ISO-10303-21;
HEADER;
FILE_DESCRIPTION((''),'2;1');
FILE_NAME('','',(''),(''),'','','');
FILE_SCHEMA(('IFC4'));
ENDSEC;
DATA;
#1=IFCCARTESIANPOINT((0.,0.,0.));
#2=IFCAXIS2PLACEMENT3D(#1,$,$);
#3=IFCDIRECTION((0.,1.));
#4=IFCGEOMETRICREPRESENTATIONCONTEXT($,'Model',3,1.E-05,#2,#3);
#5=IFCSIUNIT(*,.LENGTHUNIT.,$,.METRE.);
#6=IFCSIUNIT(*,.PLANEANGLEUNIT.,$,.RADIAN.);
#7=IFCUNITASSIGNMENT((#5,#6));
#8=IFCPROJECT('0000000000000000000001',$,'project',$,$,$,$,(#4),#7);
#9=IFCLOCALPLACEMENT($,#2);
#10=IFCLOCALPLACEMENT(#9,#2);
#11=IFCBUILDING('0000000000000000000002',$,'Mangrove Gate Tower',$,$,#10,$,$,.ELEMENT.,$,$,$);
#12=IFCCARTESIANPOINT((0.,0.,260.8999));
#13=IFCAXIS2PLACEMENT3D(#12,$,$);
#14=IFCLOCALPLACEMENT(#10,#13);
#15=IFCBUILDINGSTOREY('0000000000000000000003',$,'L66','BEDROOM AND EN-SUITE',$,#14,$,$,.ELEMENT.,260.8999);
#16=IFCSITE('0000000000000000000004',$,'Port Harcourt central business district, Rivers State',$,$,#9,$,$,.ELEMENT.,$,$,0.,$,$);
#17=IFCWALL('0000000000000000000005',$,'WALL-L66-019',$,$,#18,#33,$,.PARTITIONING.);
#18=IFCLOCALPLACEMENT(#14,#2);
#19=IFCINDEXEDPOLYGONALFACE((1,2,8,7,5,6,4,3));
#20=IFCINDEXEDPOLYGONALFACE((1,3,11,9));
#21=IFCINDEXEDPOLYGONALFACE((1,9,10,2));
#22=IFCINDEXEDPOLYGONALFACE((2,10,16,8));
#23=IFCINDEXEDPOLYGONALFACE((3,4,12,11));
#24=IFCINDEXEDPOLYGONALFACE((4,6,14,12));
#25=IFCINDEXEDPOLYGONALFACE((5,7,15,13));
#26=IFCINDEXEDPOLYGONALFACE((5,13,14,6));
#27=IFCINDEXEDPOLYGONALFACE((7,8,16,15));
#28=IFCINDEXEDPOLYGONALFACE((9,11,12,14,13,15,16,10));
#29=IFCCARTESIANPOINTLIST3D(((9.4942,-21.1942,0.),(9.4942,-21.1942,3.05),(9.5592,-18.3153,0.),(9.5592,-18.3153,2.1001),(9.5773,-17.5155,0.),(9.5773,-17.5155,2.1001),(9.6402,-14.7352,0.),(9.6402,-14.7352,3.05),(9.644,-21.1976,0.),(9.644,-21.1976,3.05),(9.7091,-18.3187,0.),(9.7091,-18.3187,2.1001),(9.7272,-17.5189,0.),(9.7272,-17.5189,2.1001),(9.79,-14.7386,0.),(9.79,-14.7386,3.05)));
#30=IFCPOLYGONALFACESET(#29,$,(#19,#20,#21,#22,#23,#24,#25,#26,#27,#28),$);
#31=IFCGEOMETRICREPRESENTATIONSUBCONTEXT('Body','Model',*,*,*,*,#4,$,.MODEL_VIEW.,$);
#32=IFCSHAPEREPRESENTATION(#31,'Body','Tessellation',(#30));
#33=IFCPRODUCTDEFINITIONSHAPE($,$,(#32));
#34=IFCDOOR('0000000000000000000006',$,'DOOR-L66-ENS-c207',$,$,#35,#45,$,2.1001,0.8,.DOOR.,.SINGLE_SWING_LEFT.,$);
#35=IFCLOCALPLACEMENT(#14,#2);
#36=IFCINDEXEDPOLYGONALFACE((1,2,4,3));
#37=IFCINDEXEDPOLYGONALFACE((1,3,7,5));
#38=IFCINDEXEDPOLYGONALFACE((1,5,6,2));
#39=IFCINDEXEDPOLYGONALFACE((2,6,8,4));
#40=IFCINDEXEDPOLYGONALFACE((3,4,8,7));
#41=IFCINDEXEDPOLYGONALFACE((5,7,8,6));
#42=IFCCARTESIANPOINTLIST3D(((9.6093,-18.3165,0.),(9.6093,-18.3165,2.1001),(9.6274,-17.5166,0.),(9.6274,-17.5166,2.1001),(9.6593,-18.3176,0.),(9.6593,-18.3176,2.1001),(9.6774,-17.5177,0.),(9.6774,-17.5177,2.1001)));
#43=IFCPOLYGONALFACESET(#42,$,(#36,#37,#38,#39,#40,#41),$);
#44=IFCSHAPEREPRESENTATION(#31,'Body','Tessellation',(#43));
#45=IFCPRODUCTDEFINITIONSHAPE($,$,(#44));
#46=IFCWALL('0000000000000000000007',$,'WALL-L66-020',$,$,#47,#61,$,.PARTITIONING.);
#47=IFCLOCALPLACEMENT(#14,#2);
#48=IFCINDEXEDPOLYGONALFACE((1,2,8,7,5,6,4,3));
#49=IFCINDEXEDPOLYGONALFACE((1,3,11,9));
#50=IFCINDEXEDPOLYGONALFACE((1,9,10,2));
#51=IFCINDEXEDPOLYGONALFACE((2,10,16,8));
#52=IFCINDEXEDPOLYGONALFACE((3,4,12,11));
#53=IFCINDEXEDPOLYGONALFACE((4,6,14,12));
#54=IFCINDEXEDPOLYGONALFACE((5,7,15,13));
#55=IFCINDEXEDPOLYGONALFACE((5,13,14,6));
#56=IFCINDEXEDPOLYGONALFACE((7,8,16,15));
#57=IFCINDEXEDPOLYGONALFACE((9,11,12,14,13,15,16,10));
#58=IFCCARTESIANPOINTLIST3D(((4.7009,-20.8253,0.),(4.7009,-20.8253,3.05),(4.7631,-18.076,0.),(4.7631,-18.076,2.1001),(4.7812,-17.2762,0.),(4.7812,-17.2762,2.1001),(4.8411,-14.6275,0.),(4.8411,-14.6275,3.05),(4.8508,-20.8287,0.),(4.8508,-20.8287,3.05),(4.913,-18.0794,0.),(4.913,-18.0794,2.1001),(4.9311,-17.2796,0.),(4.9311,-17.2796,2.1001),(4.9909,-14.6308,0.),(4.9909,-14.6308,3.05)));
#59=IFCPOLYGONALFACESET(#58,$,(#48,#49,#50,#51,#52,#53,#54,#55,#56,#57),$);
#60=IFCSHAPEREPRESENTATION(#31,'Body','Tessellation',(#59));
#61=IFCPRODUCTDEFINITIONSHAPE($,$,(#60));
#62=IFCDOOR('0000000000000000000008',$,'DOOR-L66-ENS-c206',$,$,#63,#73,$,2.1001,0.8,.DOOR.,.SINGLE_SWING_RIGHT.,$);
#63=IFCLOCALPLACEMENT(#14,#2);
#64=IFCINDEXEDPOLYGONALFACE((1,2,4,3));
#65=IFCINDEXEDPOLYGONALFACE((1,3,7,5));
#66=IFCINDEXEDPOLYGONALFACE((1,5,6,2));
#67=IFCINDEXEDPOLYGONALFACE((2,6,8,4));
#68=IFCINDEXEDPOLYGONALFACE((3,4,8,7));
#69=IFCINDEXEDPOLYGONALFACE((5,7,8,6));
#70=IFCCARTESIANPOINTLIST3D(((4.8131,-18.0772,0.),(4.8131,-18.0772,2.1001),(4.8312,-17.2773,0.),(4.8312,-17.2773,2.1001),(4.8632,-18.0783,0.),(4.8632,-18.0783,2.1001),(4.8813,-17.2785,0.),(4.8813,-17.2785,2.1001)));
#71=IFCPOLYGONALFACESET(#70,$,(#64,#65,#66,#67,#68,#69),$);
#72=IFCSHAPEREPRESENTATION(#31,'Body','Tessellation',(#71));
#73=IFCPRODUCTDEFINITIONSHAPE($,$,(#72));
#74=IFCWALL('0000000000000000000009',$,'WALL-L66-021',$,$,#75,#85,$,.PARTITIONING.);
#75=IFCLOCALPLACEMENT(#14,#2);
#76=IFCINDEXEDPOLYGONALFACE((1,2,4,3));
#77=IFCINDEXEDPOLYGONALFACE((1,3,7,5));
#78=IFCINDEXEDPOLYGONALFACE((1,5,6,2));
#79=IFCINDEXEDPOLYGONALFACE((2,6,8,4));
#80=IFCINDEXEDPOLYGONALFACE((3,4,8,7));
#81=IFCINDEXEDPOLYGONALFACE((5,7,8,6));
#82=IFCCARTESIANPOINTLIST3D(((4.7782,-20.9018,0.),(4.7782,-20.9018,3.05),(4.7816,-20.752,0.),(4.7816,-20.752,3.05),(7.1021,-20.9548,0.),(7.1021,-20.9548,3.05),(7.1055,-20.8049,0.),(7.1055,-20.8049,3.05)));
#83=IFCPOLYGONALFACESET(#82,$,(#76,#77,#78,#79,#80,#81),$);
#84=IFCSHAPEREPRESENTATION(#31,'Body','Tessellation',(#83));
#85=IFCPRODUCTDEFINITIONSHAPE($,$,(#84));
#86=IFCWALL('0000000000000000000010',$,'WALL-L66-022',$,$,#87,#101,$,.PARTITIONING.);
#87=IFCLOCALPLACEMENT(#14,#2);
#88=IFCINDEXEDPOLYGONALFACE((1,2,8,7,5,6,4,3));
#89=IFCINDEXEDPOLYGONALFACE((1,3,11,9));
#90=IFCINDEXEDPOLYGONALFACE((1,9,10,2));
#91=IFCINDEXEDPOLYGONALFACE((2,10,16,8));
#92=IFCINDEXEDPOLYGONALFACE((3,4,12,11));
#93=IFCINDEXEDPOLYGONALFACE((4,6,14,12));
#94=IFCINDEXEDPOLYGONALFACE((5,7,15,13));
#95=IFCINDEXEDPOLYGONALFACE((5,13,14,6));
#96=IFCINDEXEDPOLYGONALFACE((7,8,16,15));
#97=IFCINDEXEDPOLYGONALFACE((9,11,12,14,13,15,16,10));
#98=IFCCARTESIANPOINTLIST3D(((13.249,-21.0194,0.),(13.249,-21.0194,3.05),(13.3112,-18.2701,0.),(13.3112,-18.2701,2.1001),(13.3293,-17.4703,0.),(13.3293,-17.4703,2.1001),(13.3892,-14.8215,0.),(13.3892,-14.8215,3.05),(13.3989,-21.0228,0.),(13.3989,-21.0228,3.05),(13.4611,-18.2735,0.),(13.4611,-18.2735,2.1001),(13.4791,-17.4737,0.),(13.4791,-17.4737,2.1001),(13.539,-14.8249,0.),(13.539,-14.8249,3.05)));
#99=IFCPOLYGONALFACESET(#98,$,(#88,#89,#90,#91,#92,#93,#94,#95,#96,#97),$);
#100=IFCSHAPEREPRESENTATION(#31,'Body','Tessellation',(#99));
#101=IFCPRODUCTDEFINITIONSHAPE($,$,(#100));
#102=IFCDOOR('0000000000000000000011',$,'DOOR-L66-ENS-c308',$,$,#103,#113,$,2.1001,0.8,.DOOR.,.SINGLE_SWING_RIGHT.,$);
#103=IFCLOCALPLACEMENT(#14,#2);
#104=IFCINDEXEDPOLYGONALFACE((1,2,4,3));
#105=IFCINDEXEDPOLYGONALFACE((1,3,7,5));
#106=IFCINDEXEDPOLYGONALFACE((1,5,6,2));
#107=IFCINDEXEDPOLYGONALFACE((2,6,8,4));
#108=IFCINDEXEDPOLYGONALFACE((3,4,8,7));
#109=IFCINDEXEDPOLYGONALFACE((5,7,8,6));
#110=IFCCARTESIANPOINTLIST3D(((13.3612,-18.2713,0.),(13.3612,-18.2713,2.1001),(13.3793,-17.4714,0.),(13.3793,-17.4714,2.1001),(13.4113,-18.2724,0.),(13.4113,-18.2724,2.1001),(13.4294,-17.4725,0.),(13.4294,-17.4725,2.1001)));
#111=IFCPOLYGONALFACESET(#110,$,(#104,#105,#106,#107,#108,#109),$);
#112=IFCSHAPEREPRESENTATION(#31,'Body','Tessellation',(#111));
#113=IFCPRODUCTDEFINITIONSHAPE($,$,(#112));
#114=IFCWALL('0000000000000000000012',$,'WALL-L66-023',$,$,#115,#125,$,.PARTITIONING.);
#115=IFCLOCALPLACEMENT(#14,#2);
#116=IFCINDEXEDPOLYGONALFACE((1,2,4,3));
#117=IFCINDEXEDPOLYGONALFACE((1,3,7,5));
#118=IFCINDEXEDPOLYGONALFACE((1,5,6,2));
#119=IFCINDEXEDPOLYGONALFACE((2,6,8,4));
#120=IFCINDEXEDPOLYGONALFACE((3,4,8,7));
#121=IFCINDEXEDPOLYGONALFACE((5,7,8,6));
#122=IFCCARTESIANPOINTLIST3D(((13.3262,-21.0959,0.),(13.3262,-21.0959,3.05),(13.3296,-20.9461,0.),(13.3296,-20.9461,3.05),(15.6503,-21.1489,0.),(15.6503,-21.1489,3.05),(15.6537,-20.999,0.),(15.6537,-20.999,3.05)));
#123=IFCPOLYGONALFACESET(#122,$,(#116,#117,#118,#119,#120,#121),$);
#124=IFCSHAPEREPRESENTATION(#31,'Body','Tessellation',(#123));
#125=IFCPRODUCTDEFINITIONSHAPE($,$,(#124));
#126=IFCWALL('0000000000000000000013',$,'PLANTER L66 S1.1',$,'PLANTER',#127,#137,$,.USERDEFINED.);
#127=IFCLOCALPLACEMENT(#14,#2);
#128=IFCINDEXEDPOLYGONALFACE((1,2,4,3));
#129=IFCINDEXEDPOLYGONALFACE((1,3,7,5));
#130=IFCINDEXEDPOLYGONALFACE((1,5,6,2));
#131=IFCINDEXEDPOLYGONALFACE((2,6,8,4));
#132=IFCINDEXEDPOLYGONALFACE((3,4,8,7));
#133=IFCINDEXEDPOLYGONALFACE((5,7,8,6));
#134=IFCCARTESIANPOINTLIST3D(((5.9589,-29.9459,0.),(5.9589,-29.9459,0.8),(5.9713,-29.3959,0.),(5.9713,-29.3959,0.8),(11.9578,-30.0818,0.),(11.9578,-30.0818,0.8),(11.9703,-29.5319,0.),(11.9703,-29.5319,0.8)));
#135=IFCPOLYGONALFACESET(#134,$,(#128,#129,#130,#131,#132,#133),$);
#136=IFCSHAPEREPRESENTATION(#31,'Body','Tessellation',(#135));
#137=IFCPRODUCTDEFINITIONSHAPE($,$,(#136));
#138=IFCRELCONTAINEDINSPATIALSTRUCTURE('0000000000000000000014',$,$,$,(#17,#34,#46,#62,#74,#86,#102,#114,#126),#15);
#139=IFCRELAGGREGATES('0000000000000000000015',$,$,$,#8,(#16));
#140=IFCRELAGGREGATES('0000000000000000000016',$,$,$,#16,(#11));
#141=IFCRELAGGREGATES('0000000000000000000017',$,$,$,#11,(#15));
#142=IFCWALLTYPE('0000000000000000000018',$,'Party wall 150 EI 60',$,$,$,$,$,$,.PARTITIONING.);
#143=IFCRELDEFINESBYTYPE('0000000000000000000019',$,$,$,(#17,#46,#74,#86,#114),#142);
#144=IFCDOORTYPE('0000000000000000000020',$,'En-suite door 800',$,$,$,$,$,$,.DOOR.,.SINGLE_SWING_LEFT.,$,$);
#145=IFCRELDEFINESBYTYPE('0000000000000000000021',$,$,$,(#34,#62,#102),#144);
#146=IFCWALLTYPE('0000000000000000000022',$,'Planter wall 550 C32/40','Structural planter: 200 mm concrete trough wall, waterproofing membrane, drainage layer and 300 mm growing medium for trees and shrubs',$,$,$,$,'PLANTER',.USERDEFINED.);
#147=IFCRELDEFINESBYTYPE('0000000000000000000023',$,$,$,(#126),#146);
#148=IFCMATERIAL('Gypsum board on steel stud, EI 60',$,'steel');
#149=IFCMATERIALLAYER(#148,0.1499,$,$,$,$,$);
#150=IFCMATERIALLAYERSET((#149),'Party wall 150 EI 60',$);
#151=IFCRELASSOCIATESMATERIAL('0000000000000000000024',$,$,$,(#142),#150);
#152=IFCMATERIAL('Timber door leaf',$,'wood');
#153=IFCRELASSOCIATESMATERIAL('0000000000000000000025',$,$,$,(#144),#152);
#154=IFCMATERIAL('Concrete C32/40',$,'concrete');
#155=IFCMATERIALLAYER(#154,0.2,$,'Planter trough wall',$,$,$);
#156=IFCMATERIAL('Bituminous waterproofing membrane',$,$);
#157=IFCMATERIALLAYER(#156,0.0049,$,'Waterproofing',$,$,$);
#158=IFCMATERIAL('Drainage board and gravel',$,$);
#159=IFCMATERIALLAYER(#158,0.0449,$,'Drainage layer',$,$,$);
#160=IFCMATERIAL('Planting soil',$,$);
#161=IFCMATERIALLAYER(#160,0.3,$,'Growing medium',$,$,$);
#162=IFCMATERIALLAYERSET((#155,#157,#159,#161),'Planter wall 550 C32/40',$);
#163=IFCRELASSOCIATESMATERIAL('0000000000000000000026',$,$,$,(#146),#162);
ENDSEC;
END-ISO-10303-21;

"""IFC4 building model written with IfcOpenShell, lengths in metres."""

from ifc_helpers import new_model, si_unit, direction, frame, frame_2d, origin, place, context, subcontext, project, spatial, rectangle, extrude, material, layer, layer_set, type_object, element, fill, save


model = new_model("IFC4")

# Units and contexts
model_context = context("Model", 3, precision=1e-05, world=origin(), true_north=direction((0.0, 1.0)))
body_context = subcontext(model_context, "Body", "Model", "MODEL_VIEW")
ifc_project = project(units=[si_unit("LENGTHUNIT", "METRE"), si_unit("PLANEANGLEUNIT", "RADIAN")], contexts=[model_context])

# Site, building, storey
site_placement = place(None, origin())
site = spatial("IfcSite", under=ifc_project, at=site_placement, Name="Port Harcourt central business district, Rivers State", CompositionType="ELEMENT", RefElevation=0.0)
building_placement = place(site_placement, origin())
building = spatial("IfcBuilding", under=site, at=building_placement, Name="Mangrove Gate Tower", CompositionType="ELEMENT")
storey_placement = place(building_placement, frame((0.0, 0.0, 260.8999)))
storey = spatial("IfcBuildingStorey", under=building, at=storey_placement, Name="L66", Description="BEDROOM AND EN-SUITE", CompositionType="ELEMENT", Elevation=260.8999)

# Shared definitions
ifc_material_1 = material(Name="Gypsum board on steel stud, EI 60", Category="steel")
ifc_layer_1 = layer(ifc_material_1, 0.1499)
ifc_layer_set_1 = layer_set([ifc_layer_1], Name="Party wall 150 EI 60")
wall_type_1 = type_object("IfcWallType", Name="Party wall 150 EI 60", PredefinedType="PARTITIONING", material=ifc_layer_set_1)

# Shared definitions
ifc_material_2 = material(Name="Timber door leaf", Category="wood")
door_type = type_object("IfcDoorType", Name="En-suite door 800", OperationType="SINGLE_SWING_LEFT", PredefinedType="DOOR", material=ifc_material_2)

# Walls, openings, doors
wall_1_placement = place(storey_placement, frame((9.5691, -21.196, 0.0), z_axis=(0.0, 0.0, 1.0), x_axis=(0.022598, 0.999745, 0.0)))
wall_1 = element("IfcWall", 1, at=wall_1_placement, inside=storey, type_object=wall_type_1, Name="WALL-L66-019", PredefinedType="PARTITIONING", context=body_context, shape_type="SweptSolid", body=[
    extrude(rectangle(XDim=6.4607, YDim=0.1499, at=frame_2d((3.2305, 0.0))), origin(), (0.0, 0.0, 1.0), 3.05),
])
opening_1_placement = place(wall_1_placement, frame((2.8799, 0.0, 0.0)))
opening_1 = element("IfcOpeningElement", 2, at=opening_1_placement, cuts=wall_1, PredefinedType="OPENING", context=body_context, shape_type="SweptSolid", body=[
    extrude(rectangle(XDim=0.8, YDim=2.1001, at=frame_2d((0.3999, 1.05))), frame((0.0, 0.085, 0.0), z_axis=(0.0, -1.0, 0.0), x_axis=(1.0, 0.0, 0.0)), (0.0, 0.0, 1.0), 0.1699),
])
door_1_placement = place(opening_1_placement, origin())
door_1 = element("IfcDoor", 3, at=door_1_placement, inside=storey, type_object=door_type, Name="DOOR-L66-ENS-c207", OperationType="SINGLE_SWING_LEFT", OverallHeight=2.1001, OverallWidth=0.8, PredefinedType="DOOR", context=body_context, shape_type="SweptSolid", body=[
    extrude(rectangle(XDim=0.8, YDim=2.1001, at=frame_2d((0.3999, 1.05))), frame((0.0, 0.0249, 0.0), z_axis=(0.0, -1.0, 0.0), x_axis=(1.0, 0.0, 0.0)), (0.0, 0.0, 1.0), 0.05),
])
fill(opening_1, door_1)
wall_2_placement = place(storey_placement, frame((4.7759, -20.8269, 0.0), z_axis=(0.0, 0.0, 1.0), x_axis=(0.022604, 0.999744, 0.0)))
wall_2 = element("IfcWall", 4, at=wall_2_placement, inside=storey, type_object=wall_type_1, Name="WALL-L66-020", PredefinedType="PARTITIONING", context=body_context, shape_type="SweptSolid", body=[
    extrude(rectangle(XDim=6.1995, YDim=0.1499, at=frame_2d((3.0996, 0.0))), origin(), (0.0, 0.0, 1.0), 3.05),
])
opening_2_placement = place(wall_2_placement, frame((2.75, 0.0, 0.0)))
opening_2 = element("IfcOpeningElement", 5, at=opening_2_placement, cuts=wall_2, PredefinedType="OPENING", context=body_context, shape_type="SweptSolid", body=[
    extrude(rectangle(XDim=0.8, YDim=2.1001, at=frame_2d((0.3999, 1.05))), frame((0.0, 0.085, 0.0), z_axis=(0.0, -1.0, 0.0), x_axis=(1.0, 0.0, 0.0)), (0.0, 0.0, 1.0), 0.1699),
])
door_2_placement = place(opening_2_placement, origin())
door_2 = element("IfcDoor", 6, at=door_2_placement, inside=storey, type_object=door_type, Name="DOOR-L66-ENS-c206", OperationType="SINGLE_SWING_RIGHT", OverallHeight=2.1001, OverallWidth=0.8, PredefinedType="DOOR", context=body_context, shape_type="SweptSolid", body=[
    extrude(rectangle(XDim=0.8, YDim=2.1001, at=frame_2d((0.3999, 1.05))), frame((0.0, 0.0249, 0.0), z_axis=(0.0, -1.0, 0.0), x_axis=(1.0, 0.0, 0.0)), (0.0, 0.0, 1.0), 0.05),
])
fill(opening_2, door_2)

# Wall
wall_3_placement = place(storey_placement, frame((4.78, -20.8269, 0.0), z_axis=(0.0, 0.0, 1.0), x_axis=(0.99974, -0.022791, 0.0)))
element("IfcWall", 7, at=wall_3_placement, inside=storey, type_object=wall_type_1, Name="WALL-L66-021", PredefinedType="PARTITIONING", context=body_context, shape_type="SweptSolid", body=[
    extrude(rectangle(XDim=2.3245, YDim=0.1499, at=frame_2d((1.1621, 0.0))), origin(), (0.0, 0.0, 1.0), 3.05),
])

# Wall, opening, door
wall_4_placement = place(storey_placement, frame((13.324, -21.021, 0.0), z_axis=(0.0, 0.0, 1.0), x_axis=(0.022604, 0.999744, 0.0)))
wall_4 = element("IfcWall", 8, at=wall_4_placement, inside=storey, type_object=wall_type_1, Name="WALL-L66-022", PredefinedType="PARTITIONING", context=body_context, shape_type="SweptSolid", body=[
    extrude(rectangle(XDim=6.1995, YDim=0.1499, at=frame_2d((3.0996, 0.0))), origin(), (0.0, 0.0, 1.0), 3.05),
])
opening_3_placement = place(wall_4_placement, frame((2.75, 0.0, 0.0)))
opening_3 = element("IfcOpeningElement", 9, at=opening_3_placement, cuts=wall_4, PredefinedType="OPENING", context=body_context, shape_type="SweptSolid", body=[
    extrude(rectangle(XDim=0.8, YDim=2.1001, at=frame_2d((0.3999, 1.05))), frame((0.0, 0.085, 0.0), z_axis=(0.0, -1.0, 0.0), x_axis=(1.0, 0.0, 0.0)), (0.0, 0.0, 1.0), 0.1699),
])
door_3_placement = place(opening_3_placement, origin())
door_3 = element("IfcDoor", 10, at=door_3_placement, inside=storey, type_object=door_type, Name="DOOR-L66-ENS-c308", OperationType="SINGLE_SWING_RIGHT", OverallHeight=2.1001, OverallWidth=0.8, PredefinedType="DOOR", context=body_context, shape_type="SweptSolid", body=[
    extrude(rectangle(XDim=0.8, YDim=2.1001, at=frame_2d((0.3999, 1.05))), frame((0.0, 0.0249, 0.0), z_axis=(0.0, -1.0, 0.0), x_axis=(1.0, 0.0, 0.0)), (0.0, 0.0, 1.0), 0.05),
])
fill(opening_3, door_3)

# Walls
wall_5_placement = place(storey_placement, frame((13.3279, -21.021, 0.0), z_axis=(0.0, 0.0, 1.0), x_axis=(0.99974, -0.022788, 0.0)))
element("IfcWall", 11, at=wall_5_placement, inside=storey, type_object=wall_type_1, Name="WALL-L66-023", PredefinedType="PARTITIONING", context=body_context, shape_type="SweptSolid", body=[
    extrude(rectangle(XDim=2.3247, YDim=0.1499, at=frame_2d((1.1624, 0.0))), origin(), (0.0, 0.0, 1.0), 3.05),
])
ifc_material_3 = material(Name="Concrete C32/40", Category="concrete")
ifc_layer_2 = layer(ifc_material_3, 0.2, Name="Planter trough wall")
ifc_material_4 = material(Name="Bituminous waterproofing membrane")
ifc_layer_3 = layer(ifc_material_4, 0.0049, Name="Waterproofing")
ifc_material_5 = material(Name="Drainage board and gravel")
ifc_layer_4 = layer(ifc_material_5, 0.0449, Name="Drainage layer")
ifc_material_6 = material(Name="Planting soil")
ifc_layer_5 = layer(ifc_material_6, 0.3, Name="Growing medium")
ifc_layer_set_2 = layer_set([ifc_layer_2, ifc_layer_3, ifc_layer_4, ifc_layer_5], Name="Planter wall 550 C32/40")
wall_type_2 = type_object("IfcWallType", Name="Planter wall 550 C32/40", Description="Structural planter: 200 mm concrete trough wall, waterproofing membrane, drainage layer and 300 mm growing medium for trees and shrubs", ElementType="PLANTER", PredefinedType="USERDEFINED", material=ifc_layer_set_2)
wall_6_placement = place(storey_placement, frame((5.9651, -29.6709, 0.0), z_axis=(0.0, 0.0, 1.0), x_axis=(0.999743, -0.022662, 0.0)))
element("IfcWall", 12, at=wall_6_placement, inside=storey, type_object=wall_type_2, Name="PLANTER L66 S1.1", ObjectType="PLANTER", PredefinedType="USERDEFINED", context=body_context, shape_type="SweptSolid", body=[
    extrude(rectangle(XDim=6.0005, YDim=0.55, at=frame_2d((3.0002, 0.0))), origin(), (0.0, 0.0, 1.0), 0.8),
])

save(model, "model.ifc")
